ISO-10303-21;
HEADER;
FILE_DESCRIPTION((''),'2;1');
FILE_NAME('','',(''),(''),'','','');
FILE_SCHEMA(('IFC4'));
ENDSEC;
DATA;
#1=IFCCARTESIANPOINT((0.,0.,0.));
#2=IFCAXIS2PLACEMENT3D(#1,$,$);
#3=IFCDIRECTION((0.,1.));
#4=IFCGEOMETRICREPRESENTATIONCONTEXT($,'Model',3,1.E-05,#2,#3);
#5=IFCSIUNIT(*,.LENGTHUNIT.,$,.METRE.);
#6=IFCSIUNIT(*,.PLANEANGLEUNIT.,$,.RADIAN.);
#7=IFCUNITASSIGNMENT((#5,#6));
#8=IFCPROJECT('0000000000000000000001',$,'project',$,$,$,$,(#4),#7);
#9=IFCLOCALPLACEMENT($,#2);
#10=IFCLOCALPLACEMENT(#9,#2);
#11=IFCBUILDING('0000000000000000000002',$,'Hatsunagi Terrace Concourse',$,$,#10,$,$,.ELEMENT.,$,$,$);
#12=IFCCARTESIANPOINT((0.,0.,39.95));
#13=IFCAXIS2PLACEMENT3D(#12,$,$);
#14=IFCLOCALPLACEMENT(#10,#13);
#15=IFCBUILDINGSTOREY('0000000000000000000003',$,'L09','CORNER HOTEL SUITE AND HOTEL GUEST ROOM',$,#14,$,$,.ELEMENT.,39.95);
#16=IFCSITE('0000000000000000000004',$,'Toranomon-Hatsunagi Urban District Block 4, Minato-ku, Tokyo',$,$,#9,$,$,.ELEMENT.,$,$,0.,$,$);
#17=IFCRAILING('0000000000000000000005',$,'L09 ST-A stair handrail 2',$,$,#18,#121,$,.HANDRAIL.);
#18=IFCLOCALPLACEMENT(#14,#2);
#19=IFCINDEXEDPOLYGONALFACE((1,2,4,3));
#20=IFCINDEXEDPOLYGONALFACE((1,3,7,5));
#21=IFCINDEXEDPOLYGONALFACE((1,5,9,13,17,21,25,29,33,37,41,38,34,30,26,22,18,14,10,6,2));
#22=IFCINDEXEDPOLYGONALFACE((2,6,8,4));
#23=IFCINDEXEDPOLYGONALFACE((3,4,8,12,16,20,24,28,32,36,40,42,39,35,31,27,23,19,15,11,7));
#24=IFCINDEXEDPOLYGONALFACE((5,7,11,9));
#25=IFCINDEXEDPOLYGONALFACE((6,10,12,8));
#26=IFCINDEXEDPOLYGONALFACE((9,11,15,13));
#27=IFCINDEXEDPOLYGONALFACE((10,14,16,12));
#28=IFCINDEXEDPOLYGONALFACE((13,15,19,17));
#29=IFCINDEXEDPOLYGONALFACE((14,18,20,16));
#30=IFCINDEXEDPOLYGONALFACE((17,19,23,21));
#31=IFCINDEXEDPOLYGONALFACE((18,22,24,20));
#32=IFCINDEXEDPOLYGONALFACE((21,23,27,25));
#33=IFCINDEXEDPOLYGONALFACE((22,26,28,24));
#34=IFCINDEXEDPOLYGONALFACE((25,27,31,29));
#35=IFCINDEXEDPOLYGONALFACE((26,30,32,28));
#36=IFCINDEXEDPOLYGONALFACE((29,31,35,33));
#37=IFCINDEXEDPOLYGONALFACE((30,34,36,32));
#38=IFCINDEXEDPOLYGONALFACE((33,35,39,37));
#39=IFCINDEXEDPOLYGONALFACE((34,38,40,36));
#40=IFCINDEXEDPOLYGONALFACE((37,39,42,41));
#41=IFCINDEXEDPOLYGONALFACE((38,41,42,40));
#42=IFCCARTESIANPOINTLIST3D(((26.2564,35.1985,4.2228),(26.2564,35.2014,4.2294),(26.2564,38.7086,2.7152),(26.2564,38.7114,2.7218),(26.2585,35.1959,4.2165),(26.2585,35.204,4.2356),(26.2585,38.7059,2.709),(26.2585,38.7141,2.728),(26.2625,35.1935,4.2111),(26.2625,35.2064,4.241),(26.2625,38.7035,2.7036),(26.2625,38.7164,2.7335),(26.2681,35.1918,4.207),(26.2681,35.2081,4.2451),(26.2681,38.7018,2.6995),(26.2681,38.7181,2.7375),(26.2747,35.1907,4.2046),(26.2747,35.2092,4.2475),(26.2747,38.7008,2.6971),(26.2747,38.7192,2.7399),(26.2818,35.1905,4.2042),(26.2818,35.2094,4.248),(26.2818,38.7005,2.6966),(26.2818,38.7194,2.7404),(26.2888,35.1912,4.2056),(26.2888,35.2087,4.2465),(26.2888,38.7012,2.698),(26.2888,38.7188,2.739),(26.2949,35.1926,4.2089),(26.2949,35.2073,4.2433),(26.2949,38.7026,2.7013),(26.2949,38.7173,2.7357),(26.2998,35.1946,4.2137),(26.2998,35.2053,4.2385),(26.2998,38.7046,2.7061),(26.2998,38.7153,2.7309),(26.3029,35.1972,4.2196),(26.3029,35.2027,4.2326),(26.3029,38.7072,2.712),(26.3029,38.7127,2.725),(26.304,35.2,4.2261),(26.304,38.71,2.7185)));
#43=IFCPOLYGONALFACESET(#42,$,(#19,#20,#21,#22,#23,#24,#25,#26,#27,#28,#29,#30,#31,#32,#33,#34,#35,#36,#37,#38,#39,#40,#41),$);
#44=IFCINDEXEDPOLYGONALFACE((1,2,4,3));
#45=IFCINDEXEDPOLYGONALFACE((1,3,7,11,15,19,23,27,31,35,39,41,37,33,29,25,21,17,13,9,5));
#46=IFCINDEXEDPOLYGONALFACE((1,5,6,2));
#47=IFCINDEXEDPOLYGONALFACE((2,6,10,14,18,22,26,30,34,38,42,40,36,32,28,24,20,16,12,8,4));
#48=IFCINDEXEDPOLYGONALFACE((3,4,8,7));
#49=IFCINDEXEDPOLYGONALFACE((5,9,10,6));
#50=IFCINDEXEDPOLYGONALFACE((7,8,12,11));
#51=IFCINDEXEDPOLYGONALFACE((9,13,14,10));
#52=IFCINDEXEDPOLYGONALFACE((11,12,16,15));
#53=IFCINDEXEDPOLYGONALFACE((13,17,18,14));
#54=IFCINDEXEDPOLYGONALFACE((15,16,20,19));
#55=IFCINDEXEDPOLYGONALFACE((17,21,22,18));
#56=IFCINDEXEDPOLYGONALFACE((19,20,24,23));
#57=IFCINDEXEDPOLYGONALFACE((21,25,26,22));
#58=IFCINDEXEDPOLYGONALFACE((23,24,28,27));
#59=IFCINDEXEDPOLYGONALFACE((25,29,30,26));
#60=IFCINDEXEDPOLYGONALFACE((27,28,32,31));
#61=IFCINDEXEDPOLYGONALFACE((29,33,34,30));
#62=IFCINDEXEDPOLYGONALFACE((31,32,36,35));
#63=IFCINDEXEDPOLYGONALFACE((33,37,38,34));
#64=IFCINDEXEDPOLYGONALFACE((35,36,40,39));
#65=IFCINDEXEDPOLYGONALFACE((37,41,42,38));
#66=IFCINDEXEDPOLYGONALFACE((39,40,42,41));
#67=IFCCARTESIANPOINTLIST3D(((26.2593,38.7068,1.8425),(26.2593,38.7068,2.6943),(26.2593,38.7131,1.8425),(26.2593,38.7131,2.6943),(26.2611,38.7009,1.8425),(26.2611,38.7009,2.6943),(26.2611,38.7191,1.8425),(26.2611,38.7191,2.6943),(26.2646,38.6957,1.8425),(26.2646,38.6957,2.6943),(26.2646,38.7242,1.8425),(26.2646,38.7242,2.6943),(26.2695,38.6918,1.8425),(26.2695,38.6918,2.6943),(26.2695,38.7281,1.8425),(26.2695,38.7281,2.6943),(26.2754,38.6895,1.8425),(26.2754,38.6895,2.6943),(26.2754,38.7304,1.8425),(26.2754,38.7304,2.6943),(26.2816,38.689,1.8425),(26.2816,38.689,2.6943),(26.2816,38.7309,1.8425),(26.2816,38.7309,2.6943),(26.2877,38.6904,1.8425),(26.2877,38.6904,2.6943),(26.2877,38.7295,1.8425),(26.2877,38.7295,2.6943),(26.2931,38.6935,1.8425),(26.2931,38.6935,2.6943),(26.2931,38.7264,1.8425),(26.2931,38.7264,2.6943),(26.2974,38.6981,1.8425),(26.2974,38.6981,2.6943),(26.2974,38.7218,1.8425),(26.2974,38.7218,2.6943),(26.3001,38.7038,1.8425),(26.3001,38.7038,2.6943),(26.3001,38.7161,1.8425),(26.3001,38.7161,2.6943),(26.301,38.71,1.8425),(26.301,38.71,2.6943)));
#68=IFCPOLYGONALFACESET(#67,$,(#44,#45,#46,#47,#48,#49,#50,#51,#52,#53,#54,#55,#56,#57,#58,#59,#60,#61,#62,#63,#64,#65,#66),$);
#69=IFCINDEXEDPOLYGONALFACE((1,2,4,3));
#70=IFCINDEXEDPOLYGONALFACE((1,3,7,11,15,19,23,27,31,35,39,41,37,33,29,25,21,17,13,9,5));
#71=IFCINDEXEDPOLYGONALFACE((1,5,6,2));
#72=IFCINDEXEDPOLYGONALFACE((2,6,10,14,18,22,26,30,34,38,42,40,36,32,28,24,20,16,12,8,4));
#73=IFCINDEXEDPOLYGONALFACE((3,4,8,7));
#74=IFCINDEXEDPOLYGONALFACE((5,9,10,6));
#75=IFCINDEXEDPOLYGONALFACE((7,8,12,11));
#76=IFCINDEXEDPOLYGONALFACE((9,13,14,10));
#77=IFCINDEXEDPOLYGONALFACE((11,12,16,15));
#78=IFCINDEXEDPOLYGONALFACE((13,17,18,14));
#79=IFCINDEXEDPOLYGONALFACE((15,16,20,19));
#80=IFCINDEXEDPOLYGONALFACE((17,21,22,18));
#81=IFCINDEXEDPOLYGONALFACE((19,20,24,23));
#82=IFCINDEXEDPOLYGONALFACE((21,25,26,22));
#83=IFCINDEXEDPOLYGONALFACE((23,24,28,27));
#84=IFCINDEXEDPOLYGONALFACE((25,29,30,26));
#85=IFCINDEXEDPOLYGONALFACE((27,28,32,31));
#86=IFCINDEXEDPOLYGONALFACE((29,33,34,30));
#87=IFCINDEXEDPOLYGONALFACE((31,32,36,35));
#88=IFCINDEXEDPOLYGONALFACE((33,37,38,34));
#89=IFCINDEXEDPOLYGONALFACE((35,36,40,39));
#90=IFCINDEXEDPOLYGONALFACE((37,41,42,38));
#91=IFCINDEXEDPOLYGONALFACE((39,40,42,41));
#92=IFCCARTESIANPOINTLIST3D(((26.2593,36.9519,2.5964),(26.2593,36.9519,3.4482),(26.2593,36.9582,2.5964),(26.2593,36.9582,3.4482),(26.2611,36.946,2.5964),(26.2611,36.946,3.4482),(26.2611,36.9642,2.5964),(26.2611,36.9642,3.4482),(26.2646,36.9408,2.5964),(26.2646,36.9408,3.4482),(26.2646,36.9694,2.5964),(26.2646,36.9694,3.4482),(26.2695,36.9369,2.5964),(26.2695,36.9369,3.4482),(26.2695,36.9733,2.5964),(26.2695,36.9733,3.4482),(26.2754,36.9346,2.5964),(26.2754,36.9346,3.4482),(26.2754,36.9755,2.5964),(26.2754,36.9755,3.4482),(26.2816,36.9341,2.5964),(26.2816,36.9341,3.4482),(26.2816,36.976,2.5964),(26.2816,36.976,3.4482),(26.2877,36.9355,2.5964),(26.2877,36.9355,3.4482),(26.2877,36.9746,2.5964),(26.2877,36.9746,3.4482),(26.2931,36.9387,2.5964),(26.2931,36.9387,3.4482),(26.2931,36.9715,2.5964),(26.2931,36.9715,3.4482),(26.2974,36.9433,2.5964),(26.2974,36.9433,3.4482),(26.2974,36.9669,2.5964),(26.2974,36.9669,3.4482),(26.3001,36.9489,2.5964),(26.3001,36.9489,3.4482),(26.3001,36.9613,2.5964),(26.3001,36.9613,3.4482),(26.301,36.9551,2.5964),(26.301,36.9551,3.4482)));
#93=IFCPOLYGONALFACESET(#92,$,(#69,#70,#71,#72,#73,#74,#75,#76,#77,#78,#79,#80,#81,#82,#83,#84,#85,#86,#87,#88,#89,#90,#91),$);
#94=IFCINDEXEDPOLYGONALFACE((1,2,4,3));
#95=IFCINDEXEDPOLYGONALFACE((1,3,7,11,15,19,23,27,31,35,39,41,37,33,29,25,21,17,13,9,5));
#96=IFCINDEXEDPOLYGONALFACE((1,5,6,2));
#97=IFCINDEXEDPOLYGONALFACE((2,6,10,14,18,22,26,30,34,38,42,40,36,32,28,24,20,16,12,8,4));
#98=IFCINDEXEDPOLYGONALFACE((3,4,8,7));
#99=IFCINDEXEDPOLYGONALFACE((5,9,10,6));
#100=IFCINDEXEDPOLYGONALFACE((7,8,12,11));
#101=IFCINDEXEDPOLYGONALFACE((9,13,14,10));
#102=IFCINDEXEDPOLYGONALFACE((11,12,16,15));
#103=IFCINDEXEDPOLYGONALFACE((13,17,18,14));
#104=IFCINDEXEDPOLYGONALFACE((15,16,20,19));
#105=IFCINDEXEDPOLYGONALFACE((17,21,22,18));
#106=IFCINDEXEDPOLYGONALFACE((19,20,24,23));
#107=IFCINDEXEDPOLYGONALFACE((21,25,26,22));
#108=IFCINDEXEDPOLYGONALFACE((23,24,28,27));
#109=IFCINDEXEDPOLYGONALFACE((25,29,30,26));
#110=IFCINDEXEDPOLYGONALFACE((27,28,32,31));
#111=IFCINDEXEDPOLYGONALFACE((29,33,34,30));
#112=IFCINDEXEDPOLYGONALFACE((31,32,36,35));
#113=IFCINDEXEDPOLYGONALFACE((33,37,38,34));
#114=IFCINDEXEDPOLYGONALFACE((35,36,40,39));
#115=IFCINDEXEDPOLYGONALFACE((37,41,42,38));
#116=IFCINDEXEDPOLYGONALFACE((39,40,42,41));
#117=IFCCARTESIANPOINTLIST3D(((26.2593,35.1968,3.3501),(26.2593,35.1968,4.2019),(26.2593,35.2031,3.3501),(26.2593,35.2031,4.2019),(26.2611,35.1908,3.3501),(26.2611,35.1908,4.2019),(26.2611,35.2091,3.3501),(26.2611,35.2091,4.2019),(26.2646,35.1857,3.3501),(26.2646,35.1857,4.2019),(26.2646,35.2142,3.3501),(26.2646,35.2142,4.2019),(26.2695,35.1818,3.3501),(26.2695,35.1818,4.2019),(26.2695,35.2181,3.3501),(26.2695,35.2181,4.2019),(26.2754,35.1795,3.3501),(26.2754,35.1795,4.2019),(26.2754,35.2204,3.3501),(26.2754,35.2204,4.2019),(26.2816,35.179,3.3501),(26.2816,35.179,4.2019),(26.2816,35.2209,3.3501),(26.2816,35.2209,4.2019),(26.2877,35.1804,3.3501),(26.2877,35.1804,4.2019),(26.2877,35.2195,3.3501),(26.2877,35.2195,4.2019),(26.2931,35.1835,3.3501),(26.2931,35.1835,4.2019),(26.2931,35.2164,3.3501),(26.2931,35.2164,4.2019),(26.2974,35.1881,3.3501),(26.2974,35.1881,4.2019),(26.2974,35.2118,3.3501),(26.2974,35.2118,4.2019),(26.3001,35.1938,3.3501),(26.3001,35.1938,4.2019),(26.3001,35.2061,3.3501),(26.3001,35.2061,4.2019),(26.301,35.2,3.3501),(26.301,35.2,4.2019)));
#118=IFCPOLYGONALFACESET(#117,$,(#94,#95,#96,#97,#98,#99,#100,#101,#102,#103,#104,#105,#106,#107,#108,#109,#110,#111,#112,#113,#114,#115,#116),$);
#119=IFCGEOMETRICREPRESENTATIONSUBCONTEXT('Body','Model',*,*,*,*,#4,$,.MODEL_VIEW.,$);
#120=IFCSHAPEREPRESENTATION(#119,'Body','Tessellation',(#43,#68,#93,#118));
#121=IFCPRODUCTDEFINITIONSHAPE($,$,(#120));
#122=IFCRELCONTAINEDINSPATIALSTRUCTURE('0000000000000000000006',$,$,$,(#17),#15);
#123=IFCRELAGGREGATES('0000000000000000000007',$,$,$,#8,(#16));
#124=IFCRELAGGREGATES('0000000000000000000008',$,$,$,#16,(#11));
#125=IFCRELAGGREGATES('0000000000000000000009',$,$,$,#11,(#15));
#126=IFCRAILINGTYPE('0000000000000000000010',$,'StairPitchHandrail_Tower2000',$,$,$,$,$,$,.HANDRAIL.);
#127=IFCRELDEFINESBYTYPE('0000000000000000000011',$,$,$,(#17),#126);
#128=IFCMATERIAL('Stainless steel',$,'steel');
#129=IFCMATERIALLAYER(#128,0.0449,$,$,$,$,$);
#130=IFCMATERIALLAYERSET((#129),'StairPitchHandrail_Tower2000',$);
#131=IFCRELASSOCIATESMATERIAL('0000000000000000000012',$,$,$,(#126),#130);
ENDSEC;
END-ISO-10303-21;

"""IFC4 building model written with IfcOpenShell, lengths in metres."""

from ifc_helpers import new_model, si_unit, direction, frame, origin, origin_2d, place, context, subcontext, project, spatial, circle, extrude, material, layer, layer_set, type_object, element, save


model = new_model("IFC4")

# Units and contexts
model_context = context("Model", 3, precision=1e-05, world=origin(), true_north=direction((0.0, 1.0)))
body_context = subcontext(model_context, "Body", "Model", "MODEL_VIEW")
ifc_project = project(units=[si_unit("LENGTHUNIT", "METRE"), si_unit("PLANEANGLEUNIT", "RADIAN")], contexts=[model_context])

# Site, building, storey
site_placement = place(None, origin())
site = spatial("IfcSite", under=ifc_project, at=site_placement, Name="Toranomon-Hatsunagi Urban District Block 4, Minato-ku, Tokyo", CompositionType="ELEMENT", RefElevation=0.0)
building_placement = place(site_placement, origin())
building = spatial("IfcBuilding", under=site, at=building_placement, Name="Hatsunagi Terrace Concourse", CompositionType="ELEMENT")
storey_placement = place(building_placement, frame((0.0, 0.0, 39.95)))
storey = spatial("IfcBuildingStorey", under=building, at=storey_placement, Name="L09", Description="CORNER HOTEL SUITE AND HOTEL GUEST ROOM", CompositionType="ELEMENT", Elevation=39.95)

# Railing
ifc_material_1 = material(Name="Stainless steel", Category="steel")
ifc_layer_1 = layer(ifc_material_1, 0.0449)
ifc_layer_set_1 = layer_set([ifc_layer_1], Name="StairPitchHandrail_Tower2000")
railing_type = type_object("IfcRailingType", Name="StairPitchHandrail_Tower2000", PredefinedType="HANDRAIL", material=ifc_layer_set_1)
railing_placement = place(storey_placement, frame((26.28, 38.71, 1.8425)))
element("IfcRailing", 1, at=railing_placement, inside=storey, type_object=railing_type, Name="L09 ST-A stair handrail 2", PredefinedType="HANDRAIL", context=body_context, shape_type="SweptSolid", body=[
    extrude(circle(Radius=0.0239, at=origin_2d()), frame((0.0, 0.0, 0.876), z_axis=(0.0, -0.918834, 0.394644), x_axis=(1.0, 0.0, 0.0)), (0.0, 0.0, 1.0), 3.8201),
    extrude(circle(Radius=0.021, at=origin_2d()), origin(), (0.0, 0.0, 1.0), 0.8518),
    extrude(circle(Radius=0.021, at=origin_2d()), frame((0.0, -1.7549, 0.7539)), (0.0, 0.0, 1.0), 0.8518),
    extrude(circle(Radius=0.021, at=origin_2d()), frame((0.0, -3.51, 1.5076)), (0.0, 0.0, 1.0), 0.8518),
])

save(model, "model.ifc")
